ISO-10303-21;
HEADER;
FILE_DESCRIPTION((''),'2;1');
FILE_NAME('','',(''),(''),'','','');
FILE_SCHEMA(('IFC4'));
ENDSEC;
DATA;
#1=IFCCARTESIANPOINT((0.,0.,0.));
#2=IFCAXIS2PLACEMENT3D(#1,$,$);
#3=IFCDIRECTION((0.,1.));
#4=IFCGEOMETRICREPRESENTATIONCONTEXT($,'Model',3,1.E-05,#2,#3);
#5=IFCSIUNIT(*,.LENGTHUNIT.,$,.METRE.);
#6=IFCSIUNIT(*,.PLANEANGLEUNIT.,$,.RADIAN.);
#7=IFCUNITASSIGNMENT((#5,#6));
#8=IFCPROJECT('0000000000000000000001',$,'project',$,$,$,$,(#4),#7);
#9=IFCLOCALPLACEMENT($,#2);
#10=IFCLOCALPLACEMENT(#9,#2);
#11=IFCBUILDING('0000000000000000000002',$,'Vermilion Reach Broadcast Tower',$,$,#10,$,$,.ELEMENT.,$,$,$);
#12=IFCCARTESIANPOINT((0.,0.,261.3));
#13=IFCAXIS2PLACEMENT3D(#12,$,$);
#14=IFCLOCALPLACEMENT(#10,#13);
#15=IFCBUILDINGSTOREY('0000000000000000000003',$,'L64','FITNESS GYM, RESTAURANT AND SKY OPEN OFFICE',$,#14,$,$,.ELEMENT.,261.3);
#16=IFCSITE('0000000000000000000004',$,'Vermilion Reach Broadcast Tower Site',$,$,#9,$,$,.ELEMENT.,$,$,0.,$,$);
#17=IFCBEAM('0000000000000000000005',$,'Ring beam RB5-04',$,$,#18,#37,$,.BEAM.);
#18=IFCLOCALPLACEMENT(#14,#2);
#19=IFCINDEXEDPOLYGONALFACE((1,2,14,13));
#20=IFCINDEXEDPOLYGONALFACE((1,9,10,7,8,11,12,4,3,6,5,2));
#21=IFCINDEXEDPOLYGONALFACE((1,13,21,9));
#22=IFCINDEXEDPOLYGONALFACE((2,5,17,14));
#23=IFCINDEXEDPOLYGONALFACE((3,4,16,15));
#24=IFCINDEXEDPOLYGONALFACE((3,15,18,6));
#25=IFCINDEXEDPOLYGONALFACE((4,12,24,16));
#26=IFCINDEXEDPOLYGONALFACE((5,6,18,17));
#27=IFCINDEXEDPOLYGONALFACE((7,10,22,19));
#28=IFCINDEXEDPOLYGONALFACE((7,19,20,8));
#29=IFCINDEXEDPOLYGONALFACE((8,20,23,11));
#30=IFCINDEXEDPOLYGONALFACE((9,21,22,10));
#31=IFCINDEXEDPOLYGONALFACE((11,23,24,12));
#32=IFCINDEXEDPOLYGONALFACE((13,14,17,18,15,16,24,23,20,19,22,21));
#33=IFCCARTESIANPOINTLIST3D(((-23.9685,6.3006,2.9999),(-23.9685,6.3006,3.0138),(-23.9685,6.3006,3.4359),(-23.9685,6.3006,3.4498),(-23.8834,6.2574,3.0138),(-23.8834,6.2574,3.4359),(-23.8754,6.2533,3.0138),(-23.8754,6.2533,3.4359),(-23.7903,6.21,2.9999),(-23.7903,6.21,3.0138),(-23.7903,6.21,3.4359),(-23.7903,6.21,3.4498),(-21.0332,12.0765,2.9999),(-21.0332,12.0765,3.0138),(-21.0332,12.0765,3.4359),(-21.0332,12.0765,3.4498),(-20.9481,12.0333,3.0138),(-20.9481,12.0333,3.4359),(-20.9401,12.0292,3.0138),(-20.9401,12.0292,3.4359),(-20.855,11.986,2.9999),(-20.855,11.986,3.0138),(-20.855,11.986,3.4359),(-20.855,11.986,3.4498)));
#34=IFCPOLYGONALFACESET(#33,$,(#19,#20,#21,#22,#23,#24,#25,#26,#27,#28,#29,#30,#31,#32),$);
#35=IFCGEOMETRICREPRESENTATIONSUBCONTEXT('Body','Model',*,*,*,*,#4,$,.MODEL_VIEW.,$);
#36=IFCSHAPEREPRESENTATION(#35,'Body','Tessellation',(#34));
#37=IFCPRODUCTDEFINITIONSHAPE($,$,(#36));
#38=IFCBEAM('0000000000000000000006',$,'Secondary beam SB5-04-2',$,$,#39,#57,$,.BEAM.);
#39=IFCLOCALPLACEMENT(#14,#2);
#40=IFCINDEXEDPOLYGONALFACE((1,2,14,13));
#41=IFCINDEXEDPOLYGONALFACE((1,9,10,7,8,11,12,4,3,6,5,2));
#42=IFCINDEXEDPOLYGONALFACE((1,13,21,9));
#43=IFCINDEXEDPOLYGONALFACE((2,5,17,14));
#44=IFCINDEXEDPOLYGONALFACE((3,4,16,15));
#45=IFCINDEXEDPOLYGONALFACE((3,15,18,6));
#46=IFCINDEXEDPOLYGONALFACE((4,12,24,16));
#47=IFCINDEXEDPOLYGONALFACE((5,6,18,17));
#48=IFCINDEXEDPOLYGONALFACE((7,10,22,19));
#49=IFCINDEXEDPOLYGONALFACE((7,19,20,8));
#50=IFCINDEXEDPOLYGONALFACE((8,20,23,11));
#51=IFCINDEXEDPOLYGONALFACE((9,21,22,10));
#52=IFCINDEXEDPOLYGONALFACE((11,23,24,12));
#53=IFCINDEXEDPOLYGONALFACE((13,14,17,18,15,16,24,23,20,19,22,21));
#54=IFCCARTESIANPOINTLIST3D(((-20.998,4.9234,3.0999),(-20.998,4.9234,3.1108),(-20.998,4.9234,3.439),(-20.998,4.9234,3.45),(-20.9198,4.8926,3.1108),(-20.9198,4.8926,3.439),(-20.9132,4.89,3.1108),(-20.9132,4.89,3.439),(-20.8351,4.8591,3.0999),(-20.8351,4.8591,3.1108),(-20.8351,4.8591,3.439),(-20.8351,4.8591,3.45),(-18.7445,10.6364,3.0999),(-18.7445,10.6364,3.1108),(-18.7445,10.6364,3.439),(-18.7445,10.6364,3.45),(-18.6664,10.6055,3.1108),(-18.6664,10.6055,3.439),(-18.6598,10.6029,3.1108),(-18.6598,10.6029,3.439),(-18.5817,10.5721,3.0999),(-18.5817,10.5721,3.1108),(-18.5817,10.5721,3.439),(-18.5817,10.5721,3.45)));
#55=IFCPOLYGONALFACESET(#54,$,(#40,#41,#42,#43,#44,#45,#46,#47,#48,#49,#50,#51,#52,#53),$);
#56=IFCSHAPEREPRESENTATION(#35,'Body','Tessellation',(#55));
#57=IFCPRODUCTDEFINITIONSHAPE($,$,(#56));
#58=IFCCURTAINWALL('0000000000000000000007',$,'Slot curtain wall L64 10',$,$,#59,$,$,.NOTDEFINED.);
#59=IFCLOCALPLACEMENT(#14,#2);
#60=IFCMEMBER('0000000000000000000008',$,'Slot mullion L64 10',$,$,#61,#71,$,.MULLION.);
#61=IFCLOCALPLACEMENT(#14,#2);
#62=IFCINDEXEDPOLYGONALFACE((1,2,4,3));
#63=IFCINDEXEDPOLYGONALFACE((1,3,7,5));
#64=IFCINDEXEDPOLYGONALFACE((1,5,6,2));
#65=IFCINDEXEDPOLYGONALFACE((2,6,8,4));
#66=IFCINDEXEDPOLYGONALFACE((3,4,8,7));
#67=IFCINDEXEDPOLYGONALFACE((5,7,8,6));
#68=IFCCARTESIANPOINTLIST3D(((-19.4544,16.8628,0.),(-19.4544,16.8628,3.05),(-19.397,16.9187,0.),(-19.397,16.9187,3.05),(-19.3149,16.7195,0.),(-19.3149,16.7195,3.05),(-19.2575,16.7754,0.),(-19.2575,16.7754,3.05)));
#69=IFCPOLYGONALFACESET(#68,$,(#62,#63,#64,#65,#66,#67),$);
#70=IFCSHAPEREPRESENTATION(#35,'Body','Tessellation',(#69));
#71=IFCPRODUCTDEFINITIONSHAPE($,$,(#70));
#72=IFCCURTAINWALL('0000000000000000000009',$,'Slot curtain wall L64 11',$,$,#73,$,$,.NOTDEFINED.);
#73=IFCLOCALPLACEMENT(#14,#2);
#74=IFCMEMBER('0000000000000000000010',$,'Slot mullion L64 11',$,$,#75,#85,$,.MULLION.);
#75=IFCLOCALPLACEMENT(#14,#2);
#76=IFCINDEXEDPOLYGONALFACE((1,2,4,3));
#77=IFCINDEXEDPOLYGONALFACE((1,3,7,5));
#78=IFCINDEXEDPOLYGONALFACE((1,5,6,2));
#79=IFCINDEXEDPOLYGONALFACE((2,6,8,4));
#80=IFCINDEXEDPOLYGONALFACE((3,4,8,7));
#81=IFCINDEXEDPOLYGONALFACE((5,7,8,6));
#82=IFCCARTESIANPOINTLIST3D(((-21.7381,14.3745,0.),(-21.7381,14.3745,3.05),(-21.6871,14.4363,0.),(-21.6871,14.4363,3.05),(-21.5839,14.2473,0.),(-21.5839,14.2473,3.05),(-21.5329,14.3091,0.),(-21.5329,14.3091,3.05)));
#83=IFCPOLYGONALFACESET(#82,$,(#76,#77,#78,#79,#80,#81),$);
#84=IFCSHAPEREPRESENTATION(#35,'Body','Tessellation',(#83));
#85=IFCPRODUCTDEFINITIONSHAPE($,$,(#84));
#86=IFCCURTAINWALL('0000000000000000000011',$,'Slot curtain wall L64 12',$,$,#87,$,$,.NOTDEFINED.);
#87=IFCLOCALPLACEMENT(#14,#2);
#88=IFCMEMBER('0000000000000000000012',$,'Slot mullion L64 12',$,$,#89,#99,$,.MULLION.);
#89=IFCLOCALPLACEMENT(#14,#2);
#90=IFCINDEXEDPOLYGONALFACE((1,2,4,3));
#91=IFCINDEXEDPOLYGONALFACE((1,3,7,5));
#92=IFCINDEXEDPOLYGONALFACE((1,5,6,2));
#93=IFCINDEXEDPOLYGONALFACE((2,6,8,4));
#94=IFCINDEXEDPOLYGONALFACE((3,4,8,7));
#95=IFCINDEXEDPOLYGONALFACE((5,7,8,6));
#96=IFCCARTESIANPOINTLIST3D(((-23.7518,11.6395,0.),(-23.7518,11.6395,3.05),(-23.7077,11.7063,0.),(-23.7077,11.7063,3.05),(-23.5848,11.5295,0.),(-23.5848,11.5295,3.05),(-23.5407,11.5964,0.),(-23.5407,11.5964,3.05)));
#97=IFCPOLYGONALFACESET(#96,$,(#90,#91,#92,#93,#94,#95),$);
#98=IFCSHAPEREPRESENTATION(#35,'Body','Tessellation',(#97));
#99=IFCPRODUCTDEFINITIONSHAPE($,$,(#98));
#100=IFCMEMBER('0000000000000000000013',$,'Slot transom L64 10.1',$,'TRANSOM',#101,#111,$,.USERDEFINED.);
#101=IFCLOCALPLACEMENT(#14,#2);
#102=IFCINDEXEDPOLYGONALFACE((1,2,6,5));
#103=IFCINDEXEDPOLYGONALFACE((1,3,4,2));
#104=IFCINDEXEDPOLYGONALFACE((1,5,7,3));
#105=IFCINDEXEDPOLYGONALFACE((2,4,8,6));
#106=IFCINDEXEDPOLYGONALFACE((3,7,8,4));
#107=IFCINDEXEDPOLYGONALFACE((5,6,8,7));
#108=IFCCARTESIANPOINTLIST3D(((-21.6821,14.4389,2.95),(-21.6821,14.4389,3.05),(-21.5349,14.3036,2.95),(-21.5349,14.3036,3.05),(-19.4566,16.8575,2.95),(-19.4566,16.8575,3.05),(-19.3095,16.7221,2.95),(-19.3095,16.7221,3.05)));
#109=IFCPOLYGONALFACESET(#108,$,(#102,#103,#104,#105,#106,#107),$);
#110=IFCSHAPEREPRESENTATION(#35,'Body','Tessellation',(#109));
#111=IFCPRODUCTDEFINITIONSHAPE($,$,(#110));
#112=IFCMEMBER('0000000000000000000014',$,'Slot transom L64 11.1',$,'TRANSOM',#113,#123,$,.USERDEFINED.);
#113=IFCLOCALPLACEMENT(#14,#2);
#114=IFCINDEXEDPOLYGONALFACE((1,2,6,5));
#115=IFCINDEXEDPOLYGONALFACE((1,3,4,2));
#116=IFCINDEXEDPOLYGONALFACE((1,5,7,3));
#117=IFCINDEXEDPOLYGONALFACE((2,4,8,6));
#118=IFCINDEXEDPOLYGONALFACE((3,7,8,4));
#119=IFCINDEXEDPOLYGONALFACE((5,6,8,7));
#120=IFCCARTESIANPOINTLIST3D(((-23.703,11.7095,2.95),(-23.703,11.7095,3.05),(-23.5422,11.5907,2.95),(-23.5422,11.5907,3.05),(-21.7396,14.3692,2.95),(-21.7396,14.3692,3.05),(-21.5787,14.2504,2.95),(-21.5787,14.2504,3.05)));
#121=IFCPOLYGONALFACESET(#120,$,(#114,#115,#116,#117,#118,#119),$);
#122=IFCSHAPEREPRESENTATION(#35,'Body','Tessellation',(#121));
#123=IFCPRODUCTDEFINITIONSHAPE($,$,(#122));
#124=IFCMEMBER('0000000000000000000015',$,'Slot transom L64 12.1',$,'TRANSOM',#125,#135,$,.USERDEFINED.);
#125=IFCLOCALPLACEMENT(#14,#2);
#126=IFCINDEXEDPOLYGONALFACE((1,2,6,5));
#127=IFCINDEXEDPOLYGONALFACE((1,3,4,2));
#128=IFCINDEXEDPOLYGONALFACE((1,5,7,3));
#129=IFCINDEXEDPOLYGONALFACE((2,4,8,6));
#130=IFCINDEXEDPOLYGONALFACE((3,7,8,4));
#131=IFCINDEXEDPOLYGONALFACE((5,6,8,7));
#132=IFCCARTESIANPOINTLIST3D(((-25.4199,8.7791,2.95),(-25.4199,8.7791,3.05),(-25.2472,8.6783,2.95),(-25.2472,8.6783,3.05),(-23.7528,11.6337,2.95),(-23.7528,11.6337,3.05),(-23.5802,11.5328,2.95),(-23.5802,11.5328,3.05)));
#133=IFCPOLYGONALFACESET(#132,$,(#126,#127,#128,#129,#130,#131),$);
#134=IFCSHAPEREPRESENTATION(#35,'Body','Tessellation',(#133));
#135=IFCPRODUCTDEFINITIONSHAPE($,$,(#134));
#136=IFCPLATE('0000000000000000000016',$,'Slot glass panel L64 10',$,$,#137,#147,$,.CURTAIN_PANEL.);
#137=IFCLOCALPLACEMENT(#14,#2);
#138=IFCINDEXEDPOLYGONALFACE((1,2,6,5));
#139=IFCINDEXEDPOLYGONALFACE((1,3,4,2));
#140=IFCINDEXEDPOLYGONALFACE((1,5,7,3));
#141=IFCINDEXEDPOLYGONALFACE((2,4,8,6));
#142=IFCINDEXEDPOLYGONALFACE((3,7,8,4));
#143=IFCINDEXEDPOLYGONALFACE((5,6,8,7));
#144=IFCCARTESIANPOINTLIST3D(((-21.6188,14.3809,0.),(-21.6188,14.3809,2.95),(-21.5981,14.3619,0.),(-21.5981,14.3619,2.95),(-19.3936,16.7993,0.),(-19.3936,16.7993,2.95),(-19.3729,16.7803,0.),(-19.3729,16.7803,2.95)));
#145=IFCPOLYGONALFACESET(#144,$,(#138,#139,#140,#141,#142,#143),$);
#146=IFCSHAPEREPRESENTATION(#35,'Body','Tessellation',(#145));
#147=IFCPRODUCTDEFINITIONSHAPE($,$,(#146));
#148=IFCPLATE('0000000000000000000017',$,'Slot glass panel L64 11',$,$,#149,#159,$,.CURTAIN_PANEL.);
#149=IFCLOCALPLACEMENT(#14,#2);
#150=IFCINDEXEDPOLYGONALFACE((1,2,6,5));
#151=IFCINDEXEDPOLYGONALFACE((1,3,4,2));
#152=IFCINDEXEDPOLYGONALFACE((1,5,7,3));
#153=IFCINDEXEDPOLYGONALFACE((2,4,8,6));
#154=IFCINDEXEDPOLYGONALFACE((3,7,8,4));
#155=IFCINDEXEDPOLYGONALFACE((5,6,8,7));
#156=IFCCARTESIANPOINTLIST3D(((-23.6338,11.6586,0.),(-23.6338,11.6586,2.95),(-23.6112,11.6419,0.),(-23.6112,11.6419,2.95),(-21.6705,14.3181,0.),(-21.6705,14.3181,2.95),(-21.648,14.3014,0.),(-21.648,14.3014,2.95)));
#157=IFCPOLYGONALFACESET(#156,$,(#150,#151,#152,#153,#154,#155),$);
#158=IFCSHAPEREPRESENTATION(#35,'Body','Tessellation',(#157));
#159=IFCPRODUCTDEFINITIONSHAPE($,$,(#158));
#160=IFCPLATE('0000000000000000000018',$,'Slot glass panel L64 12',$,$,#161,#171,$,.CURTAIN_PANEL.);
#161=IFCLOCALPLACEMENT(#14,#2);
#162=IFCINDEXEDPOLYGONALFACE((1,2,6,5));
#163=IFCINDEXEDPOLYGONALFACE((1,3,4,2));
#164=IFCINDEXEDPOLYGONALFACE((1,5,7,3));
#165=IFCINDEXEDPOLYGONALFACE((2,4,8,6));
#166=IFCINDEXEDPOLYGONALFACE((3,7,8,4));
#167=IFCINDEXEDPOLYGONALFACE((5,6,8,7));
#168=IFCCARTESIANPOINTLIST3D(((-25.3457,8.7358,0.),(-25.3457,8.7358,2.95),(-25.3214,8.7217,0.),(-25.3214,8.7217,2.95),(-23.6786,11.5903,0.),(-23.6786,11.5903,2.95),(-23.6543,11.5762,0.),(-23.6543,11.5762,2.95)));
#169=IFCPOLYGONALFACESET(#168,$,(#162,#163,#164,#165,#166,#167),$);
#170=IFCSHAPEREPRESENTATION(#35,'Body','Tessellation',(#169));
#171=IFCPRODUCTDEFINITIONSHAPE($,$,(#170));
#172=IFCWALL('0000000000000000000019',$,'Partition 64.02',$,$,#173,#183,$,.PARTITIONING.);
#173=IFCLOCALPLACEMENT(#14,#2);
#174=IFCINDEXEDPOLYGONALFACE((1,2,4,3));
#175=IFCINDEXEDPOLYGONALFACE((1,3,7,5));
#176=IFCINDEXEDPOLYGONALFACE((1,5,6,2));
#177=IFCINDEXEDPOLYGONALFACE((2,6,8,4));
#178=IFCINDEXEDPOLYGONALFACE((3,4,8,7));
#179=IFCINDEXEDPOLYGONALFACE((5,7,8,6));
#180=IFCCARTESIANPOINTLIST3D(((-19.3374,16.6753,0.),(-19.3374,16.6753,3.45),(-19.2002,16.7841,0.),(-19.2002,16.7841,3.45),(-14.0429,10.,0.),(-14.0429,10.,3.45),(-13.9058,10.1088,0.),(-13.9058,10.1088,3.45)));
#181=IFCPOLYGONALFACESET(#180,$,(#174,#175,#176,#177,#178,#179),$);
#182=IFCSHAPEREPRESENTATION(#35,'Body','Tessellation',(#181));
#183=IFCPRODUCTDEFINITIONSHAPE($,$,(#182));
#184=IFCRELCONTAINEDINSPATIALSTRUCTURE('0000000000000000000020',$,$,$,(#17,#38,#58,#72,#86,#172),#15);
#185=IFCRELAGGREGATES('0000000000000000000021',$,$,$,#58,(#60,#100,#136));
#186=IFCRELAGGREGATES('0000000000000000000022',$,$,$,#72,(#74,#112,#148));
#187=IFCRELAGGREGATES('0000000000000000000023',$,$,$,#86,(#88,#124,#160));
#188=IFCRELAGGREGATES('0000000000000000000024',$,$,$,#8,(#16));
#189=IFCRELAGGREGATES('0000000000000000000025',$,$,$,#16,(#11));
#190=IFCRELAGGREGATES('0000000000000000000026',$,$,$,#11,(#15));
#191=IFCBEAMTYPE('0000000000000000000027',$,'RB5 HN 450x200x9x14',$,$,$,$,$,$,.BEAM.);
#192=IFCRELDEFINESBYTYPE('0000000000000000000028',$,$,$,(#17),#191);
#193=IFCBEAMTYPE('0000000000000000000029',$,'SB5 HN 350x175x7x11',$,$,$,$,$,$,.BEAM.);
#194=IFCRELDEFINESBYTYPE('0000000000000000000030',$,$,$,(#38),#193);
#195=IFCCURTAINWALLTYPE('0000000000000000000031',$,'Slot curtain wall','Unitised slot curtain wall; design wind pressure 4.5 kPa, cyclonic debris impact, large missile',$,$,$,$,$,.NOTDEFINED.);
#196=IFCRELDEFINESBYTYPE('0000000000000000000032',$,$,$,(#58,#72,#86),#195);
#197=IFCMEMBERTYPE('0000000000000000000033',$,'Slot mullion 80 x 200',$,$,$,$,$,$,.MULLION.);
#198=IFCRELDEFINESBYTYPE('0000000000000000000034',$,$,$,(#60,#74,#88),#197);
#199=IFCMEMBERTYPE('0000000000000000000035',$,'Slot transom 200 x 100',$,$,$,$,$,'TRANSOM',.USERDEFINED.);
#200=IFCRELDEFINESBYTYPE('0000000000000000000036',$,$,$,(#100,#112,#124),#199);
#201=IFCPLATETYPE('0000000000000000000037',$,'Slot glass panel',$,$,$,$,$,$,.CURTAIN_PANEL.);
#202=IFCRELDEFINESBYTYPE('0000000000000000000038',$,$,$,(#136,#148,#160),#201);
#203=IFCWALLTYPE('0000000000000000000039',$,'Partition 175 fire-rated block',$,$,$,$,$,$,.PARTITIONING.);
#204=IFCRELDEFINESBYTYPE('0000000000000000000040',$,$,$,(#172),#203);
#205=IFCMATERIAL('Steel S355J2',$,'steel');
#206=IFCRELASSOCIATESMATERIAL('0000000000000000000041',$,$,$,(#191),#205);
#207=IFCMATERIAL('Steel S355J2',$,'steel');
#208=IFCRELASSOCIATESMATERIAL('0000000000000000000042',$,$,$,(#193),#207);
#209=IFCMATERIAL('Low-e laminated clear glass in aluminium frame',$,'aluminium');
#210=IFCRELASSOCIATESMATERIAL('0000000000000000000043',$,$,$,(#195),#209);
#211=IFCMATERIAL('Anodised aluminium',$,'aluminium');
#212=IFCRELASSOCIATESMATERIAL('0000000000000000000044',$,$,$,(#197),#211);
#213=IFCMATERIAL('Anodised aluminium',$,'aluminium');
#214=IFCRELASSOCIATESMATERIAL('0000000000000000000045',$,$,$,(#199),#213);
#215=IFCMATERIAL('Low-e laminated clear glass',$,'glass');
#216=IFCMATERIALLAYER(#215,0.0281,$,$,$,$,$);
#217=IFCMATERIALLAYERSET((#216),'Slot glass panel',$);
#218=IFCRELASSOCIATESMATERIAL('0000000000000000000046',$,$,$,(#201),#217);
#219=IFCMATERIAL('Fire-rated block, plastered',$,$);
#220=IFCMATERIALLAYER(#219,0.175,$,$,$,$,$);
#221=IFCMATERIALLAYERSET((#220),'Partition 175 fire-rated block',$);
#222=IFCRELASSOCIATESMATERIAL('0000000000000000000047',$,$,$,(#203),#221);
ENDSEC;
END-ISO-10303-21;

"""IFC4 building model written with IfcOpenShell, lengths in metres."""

from ifc_helpers import new_model, si_unit, direction, frame, frame_2d, origin, origin_2d, place, context, subcontext, project, spatial, rectangle, i_section, extrude, material, layer, layer_set, material_profile, profile_set, type_object, element, aggregate, save


model = new_model("IFC4")

# Units and contexts
model_context = context("Model", 3, precision=1e-05, world=origin(), true_north=direction((0.0, 1.0)))
body_context = subcontext(model_context, "Body", "Model", "MODEL_VIEW")
ifc_project = project(units=[si_unit("LENGTHUNIT", "METRE"), si_unit("PLANEANGLEUNIT", "RADIAN")], contexts=[model_context])

# Site, building, storey
site_placement = place(None, origin())
site = spatial("IfcSite", under=ifc_project, at=site_placement, Name="Vermilion Reach Broadcast Tower Site", CompositionType="ELEMENT", RefElevation=0.0)
building_placement = place(site_placement, origin())
building = spatial("IfcBuilding", under=site, at=building_placement, Name="Vermilion Reach Broadcast Tower", CompositionType="ELEMENT")
storey_placement = place(building_placement, frame((0.0, 0.0, 261.3)))
storey = spatial("IfcBuildingStorey", under=building, at=storey_placement, Name="L64", Description="FITNESS GYM, RESTAURANT AND SKY OPEN OFFICE", CompositionType="ELEMENT", Elevation=261.3)

# Beams
ifc_material_1 = material(Name="Steel S355J2", Category="steel")
ifc_material_profile_1 = material_profile(ifc_material_1, i_section(OverallWidth=0.2, OverallDepth=0.45, WebThickness=0.009, FlangeThickness=0.0139, at=origin_2d()), Name="S355J2 HN 450x200x9x14")
ifc_profile_set_1 = profile_set([ifc_material_profile_1], Name="Steel S355J2")
beam_type_1 = type_object("IfcBeamType", Name="RB5 HN 450x200x9x14", PredefinedType="BEAM", material=ifc_profile_set_1)
beam_1_placement = place(storey_placement, frame((-20.9441, 12.0312, 3.2249), z_axis=(-0.453052, -0.891484, 0.0), x_axis=(0.891484, -0.453052, 0.0)))
element("IfcBeam", 1, at=beam_1_placement, inside=storey, type_object=beam_type_1, Name="Ring beam RB5-04", PredefinedType="BEAM", context=body_context, shape_type="SweptSolid", body=[
    extrude(i_section(OverallWidth=0.2, OverallDepth=0.45, WebThickness=0.009, FlangeThickness=0.0139, at=origin_2d()), origin(), (0.0, 0.0, 1.0), 6.479),
])
ifc_material_2 = material(Name="Steel S355J2", Category="steel")
ifc_material_profile_2 = material_profile(ifc_material_2, i_section(OverallWidth=0.175, OverallDepth=0.3501, WebThickness=0.0071, FlangeThickness=0.011, at=origin_2d()), Name="S355J2 HN 350x175x7x11")
ifc_profile_set_2 = profile_set([ifc_material_profile_2], Name="Steel S355J2")
beam_type_2 = type_object("IfcBeamType", Name="SB5 HN 350x175x7x11", PredefinedType="BEAM", material=ifc_profile_set_2)
beam_2_placement = place(storey_placement, frame((-18.6631, 10.6042, 3.2749), z_axis=(-0.366931, -0.930248, 0.0), x_axis=(0.930248, -0.366931, 0.0)))
element("IfcBeam", 2, at=beam_2_placement, inside=storey, type_object=beam_type_2, Name="Secondary beam SB5-04-2", PredefinedType="BEAM", context=body_context, shape_type="SweptSolid", body=[
    extrude(i_section(OverallWidth=0.175, OverallDepth=0.3501, WebThickness=0.0071, FlangeThickness=0.011, at=origin_2d()), origin(), (0.0, 0.0, 1.0), 6.1414),
])

# Curtain walls, members
ifc_material_3 = material(Name="Low-e laminated clear glass in aluminium frame", Category="aluminium")
curtain_wall_type = type_object("IfcCurtainWallType", Name="Slot curtain wall", Description="Unitised slot curtain wall; design wind pressure 4.5 kPa, cyclonic debris impact, large missile", PredefinedType="NOTDEFINED", material=ifc_material_3)
placement = place(storey_placement, origin())
curtain_wall_1 = element("IfcCurtainWall", 3, at=placement, inside=storey, type_object=curtain_wall_type, Name="Slot curtain wall L64 10", PredefinedType="NOTDEFINED")
ifc_material_4 = material(Name="Anodised aluminium", Category="aluminium")
ifc_material_profile_3 = material_profile(ifc_material_4, rectangle(XDim=0.2, YDim=0.0801, at=origin_2d()), Name="Slot mullion 80 x 200")
ifc_profile_set_3 = profile_set([ifc_material_profile_3], Name="Anodised aluminium")
member_type_1 = type_object("IfcMemberType", Name="Slot mullion 80 x 200", PredefinedType="MULLION", material=ifc_profile_set_3)
member_1_placement = place(storey_placement, frame((-19.356, 16.8191, 0.0), z_axis=(0.0, 0.0, 1.0), x_axis=(0.697653, -0.716436, 0.0)))
member_1 = element("IfcMember", 4, at=member_1_placement, type_object=member_type_1, Name="Slot mullion L64 10", PredefinedType="MULLION", context=body_context, shape_type="SweptSolid", body=[
    extrude(rectangle(XDim=0.2, YDim=0.0801, at=origin_2d()), origin(), (0.0, 0.0, 1.0), 3.05),
])
curtain_wall_2 = element("IfcCurtainWall", 5, at=placement, inside=storey, type_object=curtain_wall_type, Name="Slot curtain wall L64 11", PredefinedType="NOTDEFINED")
member_2_placement = place(storey_placement, frame((-21.6355, 14.3418, 0.0), z_axis=(0.0, 0.0, 1.0), x_axis=(0.771337, -0.636427, 0.0)))
member_2 = element("IfcMember", 6, at=member_2_placement, type_object=member_type_1, Name="Slot mullion L64 11", PredefinedType="MULLION", context=body_context, shape_type="SweptSolid", body=[
    extrude(rectangle(XDim=0.2, YDim=0.0801, at=origin_2d()), origin(), (0.0, 0.0, 1.0), 3.05),
])
curtain_wall_3 = element("IfcCurtainWall", 7, at=placement, inside=storey, type_object=curtain_wall_type, Name="Slot curtain wall L64 12", PredefinedType="NOTDEFINED")
member_3_placement = place(storey_placement, frame((-23.6462, 11.6179, 0.0), z_axis=(0.0, 0.0, 1.0), x_axis=(0.835232, -0.549898, 0.0)))
member_3 = element("IfcMember", 8, at=member_3_placement, type_object=member_type_1, Name="Slot mullion L64 12", PredefinedType="MULLION", context=body_context, shape_type="SweptSolid", body=[
    extrude(rectangle(XDim=0.2, YDim=0.0801, at=origin_2d()), origin(), (0.0, 0.0, 1.0), 3.05),
])

# Members
ifc_material_5 = material(Name="Anodised aluminium", Category="aluminium")
ifc_material_profile_4 = material_profile(ifc_material_5, rectangle(XDim=0.2, YDim=0.1001, at=origin_2d()), Name="Slot transom 200 x 100")
ifc_profile_set_4 = profile_set([ifc_material_profile_4], Name="Anodised aluminium")
member_type_2 = type_object("IfcMemberType", Name="Slot transom 200 x 100", ElementType="TRANSOM", PredefinedType="USERDEFINED", material=ifc_profile_set_4)
member_4_placement = place(storey_placement, frame((-19.3831, 16.7898, 3.0), z_axis=(-0.677116, -0.735876, 0.0), x_axis=(0.735876, -0.677116, 0.0)))
member_4 = element("IfcMember", 9, at=member_4_placement, type_object=member_type_2, Name="Slot transom L64 10.1", ObjectType="TRANSOM", PredefinedType="USERDEFINED", context=body_context, shape_type="SweptSolid", body=[
    extrude(rectangle(XDim=0.2, YDim=0.1001, at=origin_2d()), origin(), (0.0, 0.0, 1.0), 3.2866),
])
member_5_placement = place(storey_placement, frame((-21.6592, 14.3098, 3.0), z_axis=(-0.593909, -0.804532, 0.0), x_axis=(0.804532, -0.593909, 0.0)))
member_5 = element("IfcMember", 10, at=member_5_placement, type_object=member_type_2, Name="Slot transom L64 11.1", ObjectType="TRANSOM", PredefinedType="USERDEFINED", context=body_context, shape_type="SweptSolid", body=[
    extrude(rectangle(XDim=0.2, YDim=0.1001, at=origin_2d()), origin(), (0.0, 0.0, 1.0), 3.3059),
])
member_6_placement = place(storey_placement, frame((-23.6665, 11.5833, 3.0), z_axis=(-0.504293, -0.863532, 0.0), x_axis=(0.863532, -0.504293, 0.0)))
member_6 = element("IfcMember", 11, at=member_6_placement, type_object=member_type_2, Name="Slot transom L64 12.1", ObjectType="TRANSOM", PredefinedType="USERDEFINED", context=body_context, shape_type="SweptSolid", body=[
    extrude(rectangle(XDim=0.2, YDim=0.1001, at=origin_2d()), origin(), (0.0, 0.0, 1.0), 3.3057),
])

# Plates
ifc_material_6 = material(Name="Low-e laminated clear glass", Category="glass")
ifc_layer_1 = layer(ifc_material_6, 0.0281)
ifc_layer_set_1 = layer_set([ifc_layer_1], Name="Slot glass panel")
plate_type = type_object("IfcPlateType", Name="Slot glass panel", PredefinedType="CURTAIN_PANEL", material=ifc_layer_set_1)
plate_1_placement = place(storey_placement, frame((-20.4958, 15.5806, 0.0), z_axis=(0.0, 0.0, 1.0), x_axis=(-0.677101, -0.73589, 0.0)))
plate_1 = element("IfcPlate", 12, at=plate_1_placement, type_object=plate_type, Name="Slot glass panel L64 10", PredefinedType="CURTAIN_PANEL", context=body_context, shape_type="SweptSolid", body=[
    extrude(rectangle(XDim=3.2864, YDim=0.0281, at=origin_2d()), origin(), (0.0, 0.0, 1.0), 2.95),
])
aggregate(curtain_wall_1, [member_1, member_4, plate_1])
plate_2_placement = place(storey_placement, frame((-22.6409, 12.98, 0.0), z_axis=(0.0, 0.0, 1.0), x_axis=(-0.593901, -0.804538, 0.0)))
plate_2 = element("IfcPlate", 13, at=plate_2_placement, type_object=plate_type, Name="Slot glass panel L64 11", PredefinedType="CURTAIN_PANEL", context=body_context, shape_type="SweptSolid", body=[
    extrude(rectangle(XDim=3.3057, YDim=0.0281, at=origin_2d()), origin(), (0.0, 0.0, 1.0), 2.95),
])
aggregate(curtain_wall_2, [member_2, member_5, plate_2])
plate_3_placement = place(storey_placement, frame((-24.5, 10.156, 0.0), z_axis=(0.0, 0.0, 1.0), x_axis=(-0.504312, -0.863522, 0.0)))
plate_3 = element("IfcPlate", 14, at=plate_3_placement, type_object=plate_type, Name="Slot glass panel L64 12", PredefinedType="CURTAIN_PANEL", context=body_context, shape_type="SweptSolid", body=[
    extrude(rectangle(XDim=3.3057, YDim=0.0281, at=origin_2d()), origin(), (0.0, 0.0, 1.0), 2.95),
])
aggregate(curtain_wall_3, [member_3, member_6, plate_3])

# Wall
ifc_material_7 = material(Name="Fire-rated block, plastered")
ifc_layer_2 = layer(ifc_material_7, 0.175)
ifc_layer_set_2 = layer_set([ifc_layer_2], Name="Partition 175 fire-rated block")
wall_type_1 = type_object("IfcWallType", Name="Partition 175 fire-rated block", PredefinedType="PARTITIONING", material=ifc_layer_set_2)
wall_1_placement = place(storey_placement, frame((-19.2688, 16.7297, 0.0), z_axis=(0.0, 0.0, 1.0), x_axis=(0.621412, -0.783484, 0.0)))
element("IfcWall", 15, at=wall_1_placement, inside=storey, type_object=wall_type_1, Name="Partition 64.02", PredefinedType="PARTITIONING", context=body_context, shape_type="SweptSolid", body=[
    extrude(rectangle(XDim=8.52, YDim=0.175, at=frame_2d((4.26, 0.0))), origin(), (0.0, 0.0, 1.0), 3.45),
])

save(model, "model.ifc")
